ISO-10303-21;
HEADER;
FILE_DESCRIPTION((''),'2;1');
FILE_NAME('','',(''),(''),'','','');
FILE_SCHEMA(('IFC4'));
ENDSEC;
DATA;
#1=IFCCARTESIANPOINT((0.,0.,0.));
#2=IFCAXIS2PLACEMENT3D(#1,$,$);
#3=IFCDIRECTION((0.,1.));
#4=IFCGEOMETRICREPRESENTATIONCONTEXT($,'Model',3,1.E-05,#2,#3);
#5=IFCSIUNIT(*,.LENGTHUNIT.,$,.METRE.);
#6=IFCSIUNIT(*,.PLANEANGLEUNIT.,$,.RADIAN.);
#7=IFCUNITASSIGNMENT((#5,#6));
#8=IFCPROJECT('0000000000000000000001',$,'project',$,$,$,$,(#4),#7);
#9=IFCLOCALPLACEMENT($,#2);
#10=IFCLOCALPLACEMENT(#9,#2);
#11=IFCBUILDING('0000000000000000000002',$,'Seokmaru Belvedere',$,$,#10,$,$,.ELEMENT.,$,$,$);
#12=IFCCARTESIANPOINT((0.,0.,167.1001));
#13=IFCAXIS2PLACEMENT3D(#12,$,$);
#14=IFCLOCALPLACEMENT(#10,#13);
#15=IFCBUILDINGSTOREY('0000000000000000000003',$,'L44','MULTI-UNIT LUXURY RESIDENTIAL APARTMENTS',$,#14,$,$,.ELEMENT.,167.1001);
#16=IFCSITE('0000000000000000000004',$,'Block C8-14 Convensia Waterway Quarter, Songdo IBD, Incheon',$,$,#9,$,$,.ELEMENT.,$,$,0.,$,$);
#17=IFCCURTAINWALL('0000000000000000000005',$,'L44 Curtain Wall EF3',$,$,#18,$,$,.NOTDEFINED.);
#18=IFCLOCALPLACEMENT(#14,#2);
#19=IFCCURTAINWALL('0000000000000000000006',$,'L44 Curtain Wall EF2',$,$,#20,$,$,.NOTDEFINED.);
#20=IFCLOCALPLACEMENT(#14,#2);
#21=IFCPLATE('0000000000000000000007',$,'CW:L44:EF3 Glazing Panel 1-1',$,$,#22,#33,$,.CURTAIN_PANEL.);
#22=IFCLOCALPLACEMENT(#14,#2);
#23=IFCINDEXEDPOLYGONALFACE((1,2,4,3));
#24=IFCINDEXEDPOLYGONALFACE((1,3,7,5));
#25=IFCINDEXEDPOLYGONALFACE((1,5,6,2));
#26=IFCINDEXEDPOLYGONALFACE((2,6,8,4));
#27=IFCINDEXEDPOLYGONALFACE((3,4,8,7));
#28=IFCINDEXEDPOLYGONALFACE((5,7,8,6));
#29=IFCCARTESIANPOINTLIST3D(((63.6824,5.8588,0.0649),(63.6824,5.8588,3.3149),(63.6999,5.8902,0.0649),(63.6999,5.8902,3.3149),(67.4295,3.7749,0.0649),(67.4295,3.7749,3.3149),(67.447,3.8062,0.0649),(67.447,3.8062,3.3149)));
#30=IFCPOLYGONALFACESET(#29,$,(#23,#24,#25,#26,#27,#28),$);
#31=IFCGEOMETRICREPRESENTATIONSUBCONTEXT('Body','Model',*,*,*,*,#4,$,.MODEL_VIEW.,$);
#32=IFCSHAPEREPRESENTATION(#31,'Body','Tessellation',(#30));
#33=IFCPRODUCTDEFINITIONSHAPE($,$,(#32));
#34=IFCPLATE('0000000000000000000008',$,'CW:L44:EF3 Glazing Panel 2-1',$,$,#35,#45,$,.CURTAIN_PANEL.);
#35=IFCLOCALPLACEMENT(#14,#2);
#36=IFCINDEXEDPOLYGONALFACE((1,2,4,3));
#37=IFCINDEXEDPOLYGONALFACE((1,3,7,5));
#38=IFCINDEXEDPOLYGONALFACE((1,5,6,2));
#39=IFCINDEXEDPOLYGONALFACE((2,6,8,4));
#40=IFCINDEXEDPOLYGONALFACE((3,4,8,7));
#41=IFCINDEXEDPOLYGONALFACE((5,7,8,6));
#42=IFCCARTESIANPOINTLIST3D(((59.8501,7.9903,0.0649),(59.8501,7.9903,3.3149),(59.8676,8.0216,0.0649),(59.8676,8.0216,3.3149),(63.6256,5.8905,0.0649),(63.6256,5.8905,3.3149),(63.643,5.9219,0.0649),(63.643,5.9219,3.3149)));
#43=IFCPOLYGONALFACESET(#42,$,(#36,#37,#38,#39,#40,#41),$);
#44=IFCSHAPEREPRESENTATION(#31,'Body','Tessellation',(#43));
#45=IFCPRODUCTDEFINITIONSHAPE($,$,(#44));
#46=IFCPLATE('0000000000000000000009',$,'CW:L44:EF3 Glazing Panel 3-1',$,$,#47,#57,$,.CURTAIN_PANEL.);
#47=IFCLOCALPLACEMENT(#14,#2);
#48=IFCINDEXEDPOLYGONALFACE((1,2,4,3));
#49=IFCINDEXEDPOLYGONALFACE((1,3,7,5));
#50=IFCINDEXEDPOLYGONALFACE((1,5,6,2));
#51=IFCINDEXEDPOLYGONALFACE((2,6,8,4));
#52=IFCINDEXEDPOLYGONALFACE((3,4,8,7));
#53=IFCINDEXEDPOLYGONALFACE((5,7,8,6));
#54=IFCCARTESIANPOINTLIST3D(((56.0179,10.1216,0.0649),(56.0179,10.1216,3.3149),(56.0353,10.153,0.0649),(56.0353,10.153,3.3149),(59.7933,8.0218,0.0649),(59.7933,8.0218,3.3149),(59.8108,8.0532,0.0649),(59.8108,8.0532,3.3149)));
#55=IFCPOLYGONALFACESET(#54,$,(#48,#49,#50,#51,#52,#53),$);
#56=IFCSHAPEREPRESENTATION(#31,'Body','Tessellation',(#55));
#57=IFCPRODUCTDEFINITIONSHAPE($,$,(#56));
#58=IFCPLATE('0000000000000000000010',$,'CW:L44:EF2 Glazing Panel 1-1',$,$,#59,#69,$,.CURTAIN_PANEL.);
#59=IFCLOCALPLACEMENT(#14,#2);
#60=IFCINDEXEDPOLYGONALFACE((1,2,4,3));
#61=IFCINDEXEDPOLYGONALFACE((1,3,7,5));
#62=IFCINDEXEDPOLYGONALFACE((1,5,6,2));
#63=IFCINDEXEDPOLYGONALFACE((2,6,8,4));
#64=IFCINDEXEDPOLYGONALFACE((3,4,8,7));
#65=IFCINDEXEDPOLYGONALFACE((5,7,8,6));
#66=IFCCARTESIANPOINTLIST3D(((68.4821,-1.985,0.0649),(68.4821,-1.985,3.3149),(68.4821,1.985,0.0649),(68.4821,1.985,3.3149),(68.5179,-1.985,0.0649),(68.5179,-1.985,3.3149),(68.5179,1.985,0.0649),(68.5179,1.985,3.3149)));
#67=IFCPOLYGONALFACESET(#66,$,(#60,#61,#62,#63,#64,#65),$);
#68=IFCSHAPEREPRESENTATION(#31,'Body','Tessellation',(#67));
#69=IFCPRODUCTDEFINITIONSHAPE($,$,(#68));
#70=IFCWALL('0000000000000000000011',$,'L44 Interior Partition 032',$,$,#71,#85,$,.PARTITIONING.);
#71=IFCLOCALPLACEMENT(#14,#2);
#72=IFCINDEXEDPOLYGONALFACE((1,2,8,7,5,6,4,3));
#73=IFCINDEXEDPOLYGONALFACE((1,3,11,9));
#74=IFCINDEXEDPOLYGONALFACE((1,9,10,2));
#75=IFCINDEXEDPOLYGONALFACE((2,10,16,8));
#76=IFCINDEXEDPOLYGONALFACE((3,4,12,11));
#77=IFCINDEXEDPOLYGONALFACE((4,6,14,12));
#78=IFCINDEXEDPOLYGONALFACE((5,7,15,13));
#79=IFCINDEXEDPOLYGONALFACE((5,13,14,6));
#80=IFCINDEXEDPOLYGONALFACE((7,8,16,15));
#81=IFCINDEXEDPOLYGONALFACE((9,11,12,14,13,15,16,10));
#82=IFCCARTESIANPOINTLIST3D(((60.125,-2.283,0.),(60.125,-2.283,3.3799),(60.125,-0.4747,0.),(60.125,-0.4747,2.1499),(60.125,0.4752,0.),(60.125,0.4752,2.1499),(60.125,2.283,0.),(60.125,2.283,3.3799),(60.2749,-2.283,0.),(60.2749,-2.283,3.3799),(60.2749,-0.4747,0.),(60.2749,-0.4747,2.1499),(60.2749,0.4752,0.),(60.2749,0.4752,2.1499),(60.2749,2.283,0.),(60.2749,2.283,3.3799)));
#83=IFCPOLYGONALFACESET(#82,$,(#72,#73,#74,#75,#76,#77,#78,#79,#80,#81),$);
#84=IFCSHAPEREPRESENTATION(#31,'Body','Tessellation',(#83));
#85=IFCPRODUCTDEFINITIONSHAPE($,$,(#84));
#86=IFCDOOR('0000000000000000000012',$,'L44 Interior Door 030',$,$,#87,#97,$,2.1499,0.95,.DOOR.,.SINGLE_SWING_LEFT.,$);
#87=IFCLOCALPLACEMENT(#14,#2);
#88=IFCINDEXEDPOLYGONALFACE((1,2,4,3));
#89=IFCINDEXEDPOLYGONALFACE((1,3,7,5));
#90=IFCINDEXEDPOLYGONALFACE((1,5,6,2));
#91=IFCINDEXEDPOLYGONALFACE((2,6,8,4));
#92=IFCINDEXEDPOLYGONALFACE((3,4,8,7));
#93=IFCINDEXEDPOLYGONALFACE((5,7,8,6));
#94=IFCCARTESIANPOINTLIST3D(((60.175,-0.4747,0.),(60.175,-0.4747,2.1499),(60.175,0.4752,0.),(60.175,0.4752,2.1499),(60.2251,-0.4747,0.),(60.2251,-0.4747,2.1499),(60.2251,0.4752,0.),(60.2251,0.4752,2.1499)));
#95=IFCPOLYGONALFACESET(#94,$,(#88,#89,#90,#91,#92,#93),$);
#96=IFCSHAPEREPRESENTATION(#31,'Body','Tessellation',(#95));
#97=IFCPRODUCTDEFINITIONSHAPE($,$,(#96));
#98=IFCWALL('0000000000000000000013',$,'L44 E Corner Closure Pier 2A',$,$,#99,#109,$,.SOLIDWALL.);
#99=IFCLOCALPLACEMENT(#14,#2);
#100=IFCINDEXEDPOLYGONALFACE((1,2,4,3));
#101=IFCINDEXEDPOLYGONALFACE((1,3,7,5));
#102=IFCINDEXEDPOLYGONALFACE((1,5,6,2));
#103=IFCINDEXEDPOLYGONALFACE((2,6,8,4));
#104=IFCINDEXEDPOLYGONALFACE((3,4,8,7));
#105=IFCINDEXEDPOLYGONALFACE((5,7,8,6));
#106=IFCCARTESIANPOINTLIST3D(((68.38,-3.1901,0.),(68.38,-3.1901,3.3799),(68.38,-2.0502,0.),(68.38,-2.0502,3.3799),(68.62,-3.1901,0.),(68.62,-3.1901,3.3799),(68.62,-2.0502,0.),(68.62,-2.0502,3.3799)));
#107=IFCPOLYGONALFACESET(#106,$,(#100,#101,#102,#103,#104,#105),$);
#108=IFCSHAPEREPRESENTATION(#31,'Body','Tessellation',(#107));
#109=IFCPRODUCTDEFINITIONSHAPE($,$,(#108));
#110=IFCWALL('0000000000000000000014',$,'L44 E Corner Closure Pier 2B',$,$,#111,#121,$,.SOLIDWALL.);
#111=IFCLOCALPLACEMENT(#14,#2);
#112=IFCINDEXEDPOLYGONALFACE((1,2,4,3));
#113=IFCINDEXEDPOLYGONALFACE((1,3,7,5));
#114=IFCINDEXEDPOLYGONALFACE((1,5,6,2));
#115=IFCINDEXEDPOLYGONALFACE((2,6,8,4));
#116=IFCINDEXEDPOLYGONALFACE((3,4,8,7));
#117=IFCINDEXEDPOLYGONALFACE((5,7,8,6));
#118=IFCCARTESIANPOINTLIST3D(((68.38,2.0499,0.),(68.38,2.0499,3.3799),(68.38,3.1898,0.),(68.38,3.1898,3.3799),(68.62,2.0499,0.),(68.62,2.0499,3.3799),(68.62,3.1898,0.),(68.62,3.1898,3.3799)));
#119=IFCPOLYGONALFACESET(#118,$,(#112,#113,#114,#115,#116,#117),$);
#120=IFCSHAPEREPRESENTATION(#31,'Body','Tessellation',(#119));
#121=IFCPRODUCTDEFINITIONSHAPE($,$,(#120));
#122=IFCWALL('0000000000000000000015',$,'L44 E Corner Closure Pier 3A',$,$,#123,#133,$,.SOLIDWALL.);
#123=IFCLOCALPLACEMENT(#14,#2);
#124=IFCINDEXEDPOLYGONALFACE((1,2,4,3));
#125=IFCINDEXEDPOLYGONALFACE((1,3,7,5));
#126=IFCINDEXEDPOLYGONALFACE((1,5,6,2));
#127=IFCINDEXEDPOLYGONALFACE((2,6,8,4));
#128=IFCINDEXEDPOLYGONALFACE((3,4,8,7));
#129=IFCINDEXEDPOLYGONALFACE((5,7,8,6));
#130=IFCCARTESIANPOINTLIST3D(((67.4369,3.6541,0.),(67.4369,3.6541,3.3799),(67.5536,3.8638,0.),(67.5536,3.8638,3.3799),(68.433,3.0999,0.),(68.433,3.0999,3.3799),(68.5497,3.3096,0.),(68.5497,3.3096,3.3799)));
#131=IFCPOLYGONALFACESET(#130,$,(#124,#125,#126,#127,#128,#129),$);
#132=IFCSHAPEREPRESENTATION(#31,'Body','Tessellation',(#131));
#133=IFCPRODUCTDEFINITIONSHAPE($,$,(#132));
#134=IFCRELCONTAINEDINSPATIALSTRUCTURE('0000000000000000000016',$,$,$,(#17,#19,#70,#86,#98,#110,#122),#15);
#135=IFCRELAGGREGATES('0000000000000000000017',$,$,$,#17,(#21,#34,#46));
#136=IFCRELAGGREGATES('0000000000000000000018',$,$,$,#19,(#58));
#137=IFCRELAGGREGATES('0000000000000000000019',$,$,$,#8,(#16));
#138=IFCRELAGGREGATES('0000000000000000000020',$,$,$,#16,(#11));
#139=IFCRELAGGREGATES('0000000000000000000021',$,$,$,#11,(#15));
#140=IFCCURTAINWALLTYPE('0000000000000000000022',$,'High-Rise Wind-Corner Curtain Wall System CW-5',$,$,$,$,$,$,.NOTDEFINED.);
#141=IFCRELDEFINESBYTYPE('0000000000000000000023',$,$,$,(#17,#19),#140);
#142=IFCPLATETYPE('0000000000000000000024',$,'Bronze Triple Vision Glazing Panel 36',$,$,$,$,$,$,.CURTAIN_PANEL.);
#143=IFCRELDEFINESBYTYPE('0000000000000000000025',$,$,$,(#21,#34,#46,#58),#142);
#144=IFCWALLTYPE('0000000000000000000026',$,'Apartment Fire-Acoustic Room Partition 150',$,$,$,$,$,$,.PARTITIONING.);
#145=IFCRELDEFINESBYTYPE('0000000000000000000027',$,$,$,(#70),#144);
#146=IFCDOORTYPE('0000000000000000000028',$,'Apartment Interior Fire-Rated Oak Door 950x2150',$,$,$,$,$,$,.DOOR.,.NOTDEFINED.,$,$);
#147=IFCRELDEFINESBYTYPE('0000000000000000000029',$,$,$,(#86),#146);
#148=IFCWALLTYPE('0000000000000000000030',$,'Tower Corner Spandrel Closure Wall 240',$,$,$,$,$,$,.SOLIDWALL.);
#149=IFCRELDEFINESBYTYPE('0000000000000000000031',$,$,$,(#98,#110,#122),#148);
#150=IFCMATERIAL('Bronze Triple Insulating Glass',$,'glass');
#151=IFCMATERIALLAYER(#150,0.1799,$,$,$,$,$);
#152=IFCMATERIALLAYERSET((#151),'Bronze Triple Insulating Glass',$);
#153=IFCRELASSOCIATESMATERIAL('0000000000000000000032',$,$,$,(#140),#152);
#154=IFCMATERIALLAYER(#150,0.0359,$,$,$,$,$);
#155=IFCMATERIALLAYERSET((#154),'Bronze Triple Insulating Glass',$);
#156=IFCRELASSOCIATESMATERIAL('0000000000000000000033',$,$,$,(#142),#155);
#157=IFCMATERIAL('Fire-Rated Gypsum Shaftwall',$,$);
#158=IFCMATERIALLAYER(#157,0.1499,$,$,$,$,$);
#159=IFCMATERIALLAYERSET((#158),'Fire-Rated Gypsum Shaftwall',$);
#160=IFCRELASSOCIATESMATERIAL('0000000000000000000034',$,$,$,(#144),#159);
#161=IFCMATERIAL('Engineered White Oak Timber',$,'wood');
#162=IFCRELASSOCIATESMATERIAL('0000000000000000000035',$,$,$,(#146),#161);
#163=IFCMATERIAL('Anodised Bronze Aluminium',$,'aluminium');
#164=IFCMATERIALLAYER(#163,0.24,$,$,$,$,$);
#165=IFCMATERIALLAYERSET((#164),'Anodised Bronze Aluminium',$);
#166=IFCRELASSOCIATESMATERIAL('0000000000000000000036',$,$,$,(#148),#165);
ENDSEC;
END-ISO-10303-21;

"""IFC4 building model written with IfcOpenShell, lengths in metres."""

from ifc_helpers import new_model, si_unit, direction, frame, frame_2d, origin, origin_2d, place, context, subcontext, project, spatial, rectangle, extrude, source, transform, mapped, material, layer, layer_set, type_object, type_shapes, element, fill, aggregate, save


model = new_model("IFC4")

# Units and contexts
model_context = context("Model", 3, precision=1e-05, world=origin(), true_north=direction((0.0, 1.0)))
body_context = subcontext(model_context, "Body", "Model", "MODEL_VIEW")
ifc_project = project(units=[si_unit("LENGTHUNIT", "METRE"), si_unit("PLANEANGLEUNIT", "RADIAN")], contexts=[model_context])

# Site, building, storey
site_placement = place(None, origin())
site = spatial("IfcSite", under=ifc_project, at=site_placement, Name="Block C8-14 Convensia Waterway Quarter, Songdo IBD, Incheon", CompositionType="ELEMENT", RefElevation=0.0)
building_placement = place(site_placement, origin())
building = spatial("IfcBuilding", under=site, at=building_placement, Name="Seokmaru Belvedere", CompositionType="ELEMENT")
storey_placement = place(building_placement, frame((0.0, 0.0, 167.1001)))
storey = spatial("IfcBuildingStorey", under=building, at=storey_placement, Name="L44", Description="MULTI-UNIT LUXURY RESIDENTIAL APARTMENTS", CompositionType="ELEMENT", Elevation=167.1001)

# Curtain walls
ifc_material_1 = material(Name="Bronze Triple Insulating Glass", Category="glass")
ifc_layer_1 = layer(ifc_material_1, 0.1799)
ifc_layer_set_1 = layer_set([ifc_layer_1], Name="Bronze Triple Insulating Glass")
curtain_wall_type = type_object("IfcCurtainWallType", Name="High-Rise Wind-Corner Curtain Wall System CW-5", PredefinedType="NOTDEFINED", material=ifc_layer_set_1)
curtain_wall_1_placement = place(storey_placement, origin())
curtain_wall_1 = element("IfcCurtainWall", 1, at=curtain_wall_1_placement, inside=storey, type_object=curtain_wall_type, Name="L44 Curtain Wall EF3", PredefinedType="NOTDEFINED")
ifc_material_2 = material(Name="Anodised Bronze Aluminium", Category="aluminium")
curtain_wall_2_placement = place(storey_placement, origin())
curtain_wall_2 = element("IfcCurtainWall", 2, at=curtain_wall_2_placement, inside=storey, type_object=curtain_wall_type, Name="L44 Curtain Wall EF2", PredefinedType="NOTDEFINED")

# Plates
ifc_layer_2 = layer(ifc_material_1, 0.0359)
ifc_layer_set_2 = layer_set([ifc_layer_2], Name="Bronze Triple Insulating Glass")
plate_type = type_object("IfcPlateType", Name="Bronze Triple Vision Glazing Panel 36", PredefinedType="CURTAIN_PANEL", material=ifc_layer_set_2)
shared_shape_1 = source(origin(), body_context, "Body", "SweptSolid", [
    extrude(rectangle(XDim=4.2876, YDim=0.0359, at=origin_2d()), origin(), (0.0, 0.0, 1.0), 3.25),
])
plate_1_placement = place(storey_placement, frame((65.5647, 4.8325, 0.0649), z_axis=(0.0, 0.0, 1.0), x_axis=(-0.873933, 0.486047, 0.0)))
plate_1 = element("IfcPlate", 3, at=plate_1_placement, type_object=plate_type, Name="CW:L44:EF3 Glazing Panel 1-1", PredefinedType="CURTAIN_PANEL", context=body_context, shape_type="MappedRepresentation", body=[
    mapped(shared_shape_1, transform((0.0, 0.0, 0.0), scale=1.0)),
])
shared_shape_2 = source(origin(), body_context, "Body", "SweptSolid", [
    extrude(rectangle(XDim=4.3201, YDim=0.0359, at=origin_2d()), origin(), (0.0, 0.0, 1.0), 3.25),
])
plate_2_placement = place(storey_placement, frame((61.7466, 6.9561, 0.0649), z_axis=(0.0, 0.0, 1.0), x_axis=(-0.873933, 0.486047, 0.0)))
plate_2 = element("IfcPlate", 4, at=plate_2_placement, type_object=plate_type, Name="CW:L44:EF3 Glazing Panel 2-1", PredefinedType="CURTAIN_PANEL", context=body_context, shape_type="MappedRepresentation", body=[
    mapped(shared_shape_2, transform((0.0, 0.0, 0.0), scale=1.0)),
])
plate_3_placement = place(storey_placement, frame((57.9143, 9.0874, 0.0649), z_axis=(0.0, 0.0, 1.0), x_axis=(-0.873933, 0.486047, 0.0)))
plate_3 = element("IfcPlate", 5, at=plate_3_placement, type_object=plate_type, Name="CW:L44:EF3 Glazing Panel 3-1", PredefinedType="CURTAIN_PANEL", context=body_context, shape_type="MappedRepresentation", body=[
    mapped(shared_shape_2, transform((0.0, 0.0, 0.0), scale=1.0)),
])
aggregate(curtain_wall_1, [plate_1, plate_2, plate_3])
shared_shape_3 = source(origin(), body_context, "Body", "SweptSolid", [
    extrude(rectangle(XDim=3.97, YDim=0.0359, at=origin_2d()), origin(), (0.0, 0.0, 1.0), 3.25),
])
type_shapes(plate_type, [shared_shape_1, shared_shape_2, shared_shape_3])
plate_4_placement = place(storey_placement, frame((68.5, 0.0, 0.0649), z_axis=(0.0, 0.0, 1.0), x_axis=(0.0, 1.0, 0.0)))
plate_4 = element("IfcPlate", 6, at=plate_4_placement, type_object=plate_type, Name="CW:L44:EF2 Glazing Panel 1-1", PredefinedType="CURTAIN_PANEL", context=body_context, shape_type="MappedRepresentation", body=[
    mapped(shared_shape_3, transform((0.0, 0.0, 0.0), scale=1.0)),
])
aggregate(curtain_wall_2, [plate_4])

# Wall, opening, door
ifc_material_3 = material(Name="Fire-Rated Gypsum Shaftwall")
ifc_layer_3 = layer(ifc_material_3, 0.1499)
ifc_layer_set_3 = layer_set([ifc_layer_3], Name="Fire-Rated Gypsum Shaftwall")
wall_type_1 = type_object("IfcWallType", Name="Apartment Fire-Acoustic Room Partition 150", PredefinedType="PARTITIONING", material=ifc_layer_set_3)
wall_placement = place(storey_placement, frame((60.2, -2.283, 0.0), z_axis=(0.0, 0.0, 1.0), x_axis=(0.0, 1.0, 0.0)))
wall = element("IfcWall", 7, at=wall_placement, inside=storey, type_object=wall_type_1, Name="L44 Interior Partition 032", PredefinedType="PARTITIONING", context=body_context, shape_type="SweptSolid", body=[
    extrude(rectangle(XDim=4.5659, YDim=0.1499, at=frame_2d((2.283, 0.0))), origin(), (0.0, 0.0, 1.0), 3.3799),
])
opening_placement = place(wall_placement, frame((1.8081, 0.0, 0.0)))
opening = element("IfcOpeningElement", 8, at=opening_placement, cuts=wall, PredefinedType="OPENING", context=body_context, shape_type="SweptSolid", body=[
    extrude(rectangle(XDim=0.95, YDim=2.1499, at=frame_2d((0.4751, 1.075))), frame((0.0, 0.085, 0.0), z_axis=(0.0, -1.0, 0.0), x_axis=(1.0, 0.0, 0.0)), (0.0, 0.0, 1.0), 0.1699),
])
ifc_material_4 = material(Name="Engineered White Oak Timber", Category="wood")
door_type = type_object("IfcDoorType", Name="Apartment Interior Fire-Rated Oak Door 950x2150", OperationType="NOTDEFINED", PredefinedType="DOOR", material=ifc_material_4)
shared_shape_4 = source(origin(), body_context, "Body", "SweptSolid", [
    extrude(rectangle(XDim=0.95, YDim=2.1499, at=frame_2d((0.4751, 1.075))), frame((0.0, 0.0249, 0.0), z_axis=(0.0, -1.0, 0.0), x_axis=(1.0, 0.0, 0.0)), (0.0, 0.0, 1.0), 0.05),
])
type_shapes(door_type, [shared_shape_4])
door_placement = place(opening_placement, origin())
door = element("IfcDoor", 9, at=door_placement, inside=storey, type_object=door_type, Name="L44 Interior Door 030", OperationType="SINGLE_SWING_LEFT", OverallHeight=2.1499, OverallWidth=0.95, PredefinedType="DOOR", context=body_context, shape_type="MappedRepresentation", body=[
    mapped(shared_shape_4, transform((0.0, 0.0, 0.0), scale=1.0)),
])
fill(opening, door)

# Walls
ifc_layer_4 = layer(ifc_material_2, 0.24)
ifc_layer_set_4 = layer_set([ifc_layer_4], Name="Anodised Bronze Aluminium")
wall_type_2 = type_object("IfcWallType", Name="Tower Corner Spandrel Closure Wall 240", PredefinedType="SOLIDWALL", material=ifc_layer_set_4)
for number, where, z_axis, x_axis, name in (
    (10, (68.5, -3.1899, 0.0), (0.0, 0.0, 1.0), (0.0, 1.0, 0.0), "L44 E Corner Closure Pier 2A"),
    (11, (68.5, 2.05, 0.0), (0.0, 0.0, 1.0), (0.0, 1.0, 0.0), "L44 E Corner Closure Pier 2B"),
    (12, (68.4912, 3.2048, 0.0), (0.0, 0.0, 1.0), (-0.873854, 0.486188, 0.0), "L44 E Corner Closure Pier 3A"),
):
    element("IfcWall", number, at=place(storey_placement, frame(where, z_axis=z_axis, x_axis=x_axis)), inside=storey, type_object=wall_type_2, Name=name, PredefinedType="SOLIDWALL", context=body_context, shape_type="SweptSolid", body=[
        extrude(rectangle(XDim=1.1399, YDim=0.24, at=frame_2d((0.5698, 0.0))), origin(), (0.0, 0.0, 1.0), 3.3799),
    ])

save(model, "model.ifc")
